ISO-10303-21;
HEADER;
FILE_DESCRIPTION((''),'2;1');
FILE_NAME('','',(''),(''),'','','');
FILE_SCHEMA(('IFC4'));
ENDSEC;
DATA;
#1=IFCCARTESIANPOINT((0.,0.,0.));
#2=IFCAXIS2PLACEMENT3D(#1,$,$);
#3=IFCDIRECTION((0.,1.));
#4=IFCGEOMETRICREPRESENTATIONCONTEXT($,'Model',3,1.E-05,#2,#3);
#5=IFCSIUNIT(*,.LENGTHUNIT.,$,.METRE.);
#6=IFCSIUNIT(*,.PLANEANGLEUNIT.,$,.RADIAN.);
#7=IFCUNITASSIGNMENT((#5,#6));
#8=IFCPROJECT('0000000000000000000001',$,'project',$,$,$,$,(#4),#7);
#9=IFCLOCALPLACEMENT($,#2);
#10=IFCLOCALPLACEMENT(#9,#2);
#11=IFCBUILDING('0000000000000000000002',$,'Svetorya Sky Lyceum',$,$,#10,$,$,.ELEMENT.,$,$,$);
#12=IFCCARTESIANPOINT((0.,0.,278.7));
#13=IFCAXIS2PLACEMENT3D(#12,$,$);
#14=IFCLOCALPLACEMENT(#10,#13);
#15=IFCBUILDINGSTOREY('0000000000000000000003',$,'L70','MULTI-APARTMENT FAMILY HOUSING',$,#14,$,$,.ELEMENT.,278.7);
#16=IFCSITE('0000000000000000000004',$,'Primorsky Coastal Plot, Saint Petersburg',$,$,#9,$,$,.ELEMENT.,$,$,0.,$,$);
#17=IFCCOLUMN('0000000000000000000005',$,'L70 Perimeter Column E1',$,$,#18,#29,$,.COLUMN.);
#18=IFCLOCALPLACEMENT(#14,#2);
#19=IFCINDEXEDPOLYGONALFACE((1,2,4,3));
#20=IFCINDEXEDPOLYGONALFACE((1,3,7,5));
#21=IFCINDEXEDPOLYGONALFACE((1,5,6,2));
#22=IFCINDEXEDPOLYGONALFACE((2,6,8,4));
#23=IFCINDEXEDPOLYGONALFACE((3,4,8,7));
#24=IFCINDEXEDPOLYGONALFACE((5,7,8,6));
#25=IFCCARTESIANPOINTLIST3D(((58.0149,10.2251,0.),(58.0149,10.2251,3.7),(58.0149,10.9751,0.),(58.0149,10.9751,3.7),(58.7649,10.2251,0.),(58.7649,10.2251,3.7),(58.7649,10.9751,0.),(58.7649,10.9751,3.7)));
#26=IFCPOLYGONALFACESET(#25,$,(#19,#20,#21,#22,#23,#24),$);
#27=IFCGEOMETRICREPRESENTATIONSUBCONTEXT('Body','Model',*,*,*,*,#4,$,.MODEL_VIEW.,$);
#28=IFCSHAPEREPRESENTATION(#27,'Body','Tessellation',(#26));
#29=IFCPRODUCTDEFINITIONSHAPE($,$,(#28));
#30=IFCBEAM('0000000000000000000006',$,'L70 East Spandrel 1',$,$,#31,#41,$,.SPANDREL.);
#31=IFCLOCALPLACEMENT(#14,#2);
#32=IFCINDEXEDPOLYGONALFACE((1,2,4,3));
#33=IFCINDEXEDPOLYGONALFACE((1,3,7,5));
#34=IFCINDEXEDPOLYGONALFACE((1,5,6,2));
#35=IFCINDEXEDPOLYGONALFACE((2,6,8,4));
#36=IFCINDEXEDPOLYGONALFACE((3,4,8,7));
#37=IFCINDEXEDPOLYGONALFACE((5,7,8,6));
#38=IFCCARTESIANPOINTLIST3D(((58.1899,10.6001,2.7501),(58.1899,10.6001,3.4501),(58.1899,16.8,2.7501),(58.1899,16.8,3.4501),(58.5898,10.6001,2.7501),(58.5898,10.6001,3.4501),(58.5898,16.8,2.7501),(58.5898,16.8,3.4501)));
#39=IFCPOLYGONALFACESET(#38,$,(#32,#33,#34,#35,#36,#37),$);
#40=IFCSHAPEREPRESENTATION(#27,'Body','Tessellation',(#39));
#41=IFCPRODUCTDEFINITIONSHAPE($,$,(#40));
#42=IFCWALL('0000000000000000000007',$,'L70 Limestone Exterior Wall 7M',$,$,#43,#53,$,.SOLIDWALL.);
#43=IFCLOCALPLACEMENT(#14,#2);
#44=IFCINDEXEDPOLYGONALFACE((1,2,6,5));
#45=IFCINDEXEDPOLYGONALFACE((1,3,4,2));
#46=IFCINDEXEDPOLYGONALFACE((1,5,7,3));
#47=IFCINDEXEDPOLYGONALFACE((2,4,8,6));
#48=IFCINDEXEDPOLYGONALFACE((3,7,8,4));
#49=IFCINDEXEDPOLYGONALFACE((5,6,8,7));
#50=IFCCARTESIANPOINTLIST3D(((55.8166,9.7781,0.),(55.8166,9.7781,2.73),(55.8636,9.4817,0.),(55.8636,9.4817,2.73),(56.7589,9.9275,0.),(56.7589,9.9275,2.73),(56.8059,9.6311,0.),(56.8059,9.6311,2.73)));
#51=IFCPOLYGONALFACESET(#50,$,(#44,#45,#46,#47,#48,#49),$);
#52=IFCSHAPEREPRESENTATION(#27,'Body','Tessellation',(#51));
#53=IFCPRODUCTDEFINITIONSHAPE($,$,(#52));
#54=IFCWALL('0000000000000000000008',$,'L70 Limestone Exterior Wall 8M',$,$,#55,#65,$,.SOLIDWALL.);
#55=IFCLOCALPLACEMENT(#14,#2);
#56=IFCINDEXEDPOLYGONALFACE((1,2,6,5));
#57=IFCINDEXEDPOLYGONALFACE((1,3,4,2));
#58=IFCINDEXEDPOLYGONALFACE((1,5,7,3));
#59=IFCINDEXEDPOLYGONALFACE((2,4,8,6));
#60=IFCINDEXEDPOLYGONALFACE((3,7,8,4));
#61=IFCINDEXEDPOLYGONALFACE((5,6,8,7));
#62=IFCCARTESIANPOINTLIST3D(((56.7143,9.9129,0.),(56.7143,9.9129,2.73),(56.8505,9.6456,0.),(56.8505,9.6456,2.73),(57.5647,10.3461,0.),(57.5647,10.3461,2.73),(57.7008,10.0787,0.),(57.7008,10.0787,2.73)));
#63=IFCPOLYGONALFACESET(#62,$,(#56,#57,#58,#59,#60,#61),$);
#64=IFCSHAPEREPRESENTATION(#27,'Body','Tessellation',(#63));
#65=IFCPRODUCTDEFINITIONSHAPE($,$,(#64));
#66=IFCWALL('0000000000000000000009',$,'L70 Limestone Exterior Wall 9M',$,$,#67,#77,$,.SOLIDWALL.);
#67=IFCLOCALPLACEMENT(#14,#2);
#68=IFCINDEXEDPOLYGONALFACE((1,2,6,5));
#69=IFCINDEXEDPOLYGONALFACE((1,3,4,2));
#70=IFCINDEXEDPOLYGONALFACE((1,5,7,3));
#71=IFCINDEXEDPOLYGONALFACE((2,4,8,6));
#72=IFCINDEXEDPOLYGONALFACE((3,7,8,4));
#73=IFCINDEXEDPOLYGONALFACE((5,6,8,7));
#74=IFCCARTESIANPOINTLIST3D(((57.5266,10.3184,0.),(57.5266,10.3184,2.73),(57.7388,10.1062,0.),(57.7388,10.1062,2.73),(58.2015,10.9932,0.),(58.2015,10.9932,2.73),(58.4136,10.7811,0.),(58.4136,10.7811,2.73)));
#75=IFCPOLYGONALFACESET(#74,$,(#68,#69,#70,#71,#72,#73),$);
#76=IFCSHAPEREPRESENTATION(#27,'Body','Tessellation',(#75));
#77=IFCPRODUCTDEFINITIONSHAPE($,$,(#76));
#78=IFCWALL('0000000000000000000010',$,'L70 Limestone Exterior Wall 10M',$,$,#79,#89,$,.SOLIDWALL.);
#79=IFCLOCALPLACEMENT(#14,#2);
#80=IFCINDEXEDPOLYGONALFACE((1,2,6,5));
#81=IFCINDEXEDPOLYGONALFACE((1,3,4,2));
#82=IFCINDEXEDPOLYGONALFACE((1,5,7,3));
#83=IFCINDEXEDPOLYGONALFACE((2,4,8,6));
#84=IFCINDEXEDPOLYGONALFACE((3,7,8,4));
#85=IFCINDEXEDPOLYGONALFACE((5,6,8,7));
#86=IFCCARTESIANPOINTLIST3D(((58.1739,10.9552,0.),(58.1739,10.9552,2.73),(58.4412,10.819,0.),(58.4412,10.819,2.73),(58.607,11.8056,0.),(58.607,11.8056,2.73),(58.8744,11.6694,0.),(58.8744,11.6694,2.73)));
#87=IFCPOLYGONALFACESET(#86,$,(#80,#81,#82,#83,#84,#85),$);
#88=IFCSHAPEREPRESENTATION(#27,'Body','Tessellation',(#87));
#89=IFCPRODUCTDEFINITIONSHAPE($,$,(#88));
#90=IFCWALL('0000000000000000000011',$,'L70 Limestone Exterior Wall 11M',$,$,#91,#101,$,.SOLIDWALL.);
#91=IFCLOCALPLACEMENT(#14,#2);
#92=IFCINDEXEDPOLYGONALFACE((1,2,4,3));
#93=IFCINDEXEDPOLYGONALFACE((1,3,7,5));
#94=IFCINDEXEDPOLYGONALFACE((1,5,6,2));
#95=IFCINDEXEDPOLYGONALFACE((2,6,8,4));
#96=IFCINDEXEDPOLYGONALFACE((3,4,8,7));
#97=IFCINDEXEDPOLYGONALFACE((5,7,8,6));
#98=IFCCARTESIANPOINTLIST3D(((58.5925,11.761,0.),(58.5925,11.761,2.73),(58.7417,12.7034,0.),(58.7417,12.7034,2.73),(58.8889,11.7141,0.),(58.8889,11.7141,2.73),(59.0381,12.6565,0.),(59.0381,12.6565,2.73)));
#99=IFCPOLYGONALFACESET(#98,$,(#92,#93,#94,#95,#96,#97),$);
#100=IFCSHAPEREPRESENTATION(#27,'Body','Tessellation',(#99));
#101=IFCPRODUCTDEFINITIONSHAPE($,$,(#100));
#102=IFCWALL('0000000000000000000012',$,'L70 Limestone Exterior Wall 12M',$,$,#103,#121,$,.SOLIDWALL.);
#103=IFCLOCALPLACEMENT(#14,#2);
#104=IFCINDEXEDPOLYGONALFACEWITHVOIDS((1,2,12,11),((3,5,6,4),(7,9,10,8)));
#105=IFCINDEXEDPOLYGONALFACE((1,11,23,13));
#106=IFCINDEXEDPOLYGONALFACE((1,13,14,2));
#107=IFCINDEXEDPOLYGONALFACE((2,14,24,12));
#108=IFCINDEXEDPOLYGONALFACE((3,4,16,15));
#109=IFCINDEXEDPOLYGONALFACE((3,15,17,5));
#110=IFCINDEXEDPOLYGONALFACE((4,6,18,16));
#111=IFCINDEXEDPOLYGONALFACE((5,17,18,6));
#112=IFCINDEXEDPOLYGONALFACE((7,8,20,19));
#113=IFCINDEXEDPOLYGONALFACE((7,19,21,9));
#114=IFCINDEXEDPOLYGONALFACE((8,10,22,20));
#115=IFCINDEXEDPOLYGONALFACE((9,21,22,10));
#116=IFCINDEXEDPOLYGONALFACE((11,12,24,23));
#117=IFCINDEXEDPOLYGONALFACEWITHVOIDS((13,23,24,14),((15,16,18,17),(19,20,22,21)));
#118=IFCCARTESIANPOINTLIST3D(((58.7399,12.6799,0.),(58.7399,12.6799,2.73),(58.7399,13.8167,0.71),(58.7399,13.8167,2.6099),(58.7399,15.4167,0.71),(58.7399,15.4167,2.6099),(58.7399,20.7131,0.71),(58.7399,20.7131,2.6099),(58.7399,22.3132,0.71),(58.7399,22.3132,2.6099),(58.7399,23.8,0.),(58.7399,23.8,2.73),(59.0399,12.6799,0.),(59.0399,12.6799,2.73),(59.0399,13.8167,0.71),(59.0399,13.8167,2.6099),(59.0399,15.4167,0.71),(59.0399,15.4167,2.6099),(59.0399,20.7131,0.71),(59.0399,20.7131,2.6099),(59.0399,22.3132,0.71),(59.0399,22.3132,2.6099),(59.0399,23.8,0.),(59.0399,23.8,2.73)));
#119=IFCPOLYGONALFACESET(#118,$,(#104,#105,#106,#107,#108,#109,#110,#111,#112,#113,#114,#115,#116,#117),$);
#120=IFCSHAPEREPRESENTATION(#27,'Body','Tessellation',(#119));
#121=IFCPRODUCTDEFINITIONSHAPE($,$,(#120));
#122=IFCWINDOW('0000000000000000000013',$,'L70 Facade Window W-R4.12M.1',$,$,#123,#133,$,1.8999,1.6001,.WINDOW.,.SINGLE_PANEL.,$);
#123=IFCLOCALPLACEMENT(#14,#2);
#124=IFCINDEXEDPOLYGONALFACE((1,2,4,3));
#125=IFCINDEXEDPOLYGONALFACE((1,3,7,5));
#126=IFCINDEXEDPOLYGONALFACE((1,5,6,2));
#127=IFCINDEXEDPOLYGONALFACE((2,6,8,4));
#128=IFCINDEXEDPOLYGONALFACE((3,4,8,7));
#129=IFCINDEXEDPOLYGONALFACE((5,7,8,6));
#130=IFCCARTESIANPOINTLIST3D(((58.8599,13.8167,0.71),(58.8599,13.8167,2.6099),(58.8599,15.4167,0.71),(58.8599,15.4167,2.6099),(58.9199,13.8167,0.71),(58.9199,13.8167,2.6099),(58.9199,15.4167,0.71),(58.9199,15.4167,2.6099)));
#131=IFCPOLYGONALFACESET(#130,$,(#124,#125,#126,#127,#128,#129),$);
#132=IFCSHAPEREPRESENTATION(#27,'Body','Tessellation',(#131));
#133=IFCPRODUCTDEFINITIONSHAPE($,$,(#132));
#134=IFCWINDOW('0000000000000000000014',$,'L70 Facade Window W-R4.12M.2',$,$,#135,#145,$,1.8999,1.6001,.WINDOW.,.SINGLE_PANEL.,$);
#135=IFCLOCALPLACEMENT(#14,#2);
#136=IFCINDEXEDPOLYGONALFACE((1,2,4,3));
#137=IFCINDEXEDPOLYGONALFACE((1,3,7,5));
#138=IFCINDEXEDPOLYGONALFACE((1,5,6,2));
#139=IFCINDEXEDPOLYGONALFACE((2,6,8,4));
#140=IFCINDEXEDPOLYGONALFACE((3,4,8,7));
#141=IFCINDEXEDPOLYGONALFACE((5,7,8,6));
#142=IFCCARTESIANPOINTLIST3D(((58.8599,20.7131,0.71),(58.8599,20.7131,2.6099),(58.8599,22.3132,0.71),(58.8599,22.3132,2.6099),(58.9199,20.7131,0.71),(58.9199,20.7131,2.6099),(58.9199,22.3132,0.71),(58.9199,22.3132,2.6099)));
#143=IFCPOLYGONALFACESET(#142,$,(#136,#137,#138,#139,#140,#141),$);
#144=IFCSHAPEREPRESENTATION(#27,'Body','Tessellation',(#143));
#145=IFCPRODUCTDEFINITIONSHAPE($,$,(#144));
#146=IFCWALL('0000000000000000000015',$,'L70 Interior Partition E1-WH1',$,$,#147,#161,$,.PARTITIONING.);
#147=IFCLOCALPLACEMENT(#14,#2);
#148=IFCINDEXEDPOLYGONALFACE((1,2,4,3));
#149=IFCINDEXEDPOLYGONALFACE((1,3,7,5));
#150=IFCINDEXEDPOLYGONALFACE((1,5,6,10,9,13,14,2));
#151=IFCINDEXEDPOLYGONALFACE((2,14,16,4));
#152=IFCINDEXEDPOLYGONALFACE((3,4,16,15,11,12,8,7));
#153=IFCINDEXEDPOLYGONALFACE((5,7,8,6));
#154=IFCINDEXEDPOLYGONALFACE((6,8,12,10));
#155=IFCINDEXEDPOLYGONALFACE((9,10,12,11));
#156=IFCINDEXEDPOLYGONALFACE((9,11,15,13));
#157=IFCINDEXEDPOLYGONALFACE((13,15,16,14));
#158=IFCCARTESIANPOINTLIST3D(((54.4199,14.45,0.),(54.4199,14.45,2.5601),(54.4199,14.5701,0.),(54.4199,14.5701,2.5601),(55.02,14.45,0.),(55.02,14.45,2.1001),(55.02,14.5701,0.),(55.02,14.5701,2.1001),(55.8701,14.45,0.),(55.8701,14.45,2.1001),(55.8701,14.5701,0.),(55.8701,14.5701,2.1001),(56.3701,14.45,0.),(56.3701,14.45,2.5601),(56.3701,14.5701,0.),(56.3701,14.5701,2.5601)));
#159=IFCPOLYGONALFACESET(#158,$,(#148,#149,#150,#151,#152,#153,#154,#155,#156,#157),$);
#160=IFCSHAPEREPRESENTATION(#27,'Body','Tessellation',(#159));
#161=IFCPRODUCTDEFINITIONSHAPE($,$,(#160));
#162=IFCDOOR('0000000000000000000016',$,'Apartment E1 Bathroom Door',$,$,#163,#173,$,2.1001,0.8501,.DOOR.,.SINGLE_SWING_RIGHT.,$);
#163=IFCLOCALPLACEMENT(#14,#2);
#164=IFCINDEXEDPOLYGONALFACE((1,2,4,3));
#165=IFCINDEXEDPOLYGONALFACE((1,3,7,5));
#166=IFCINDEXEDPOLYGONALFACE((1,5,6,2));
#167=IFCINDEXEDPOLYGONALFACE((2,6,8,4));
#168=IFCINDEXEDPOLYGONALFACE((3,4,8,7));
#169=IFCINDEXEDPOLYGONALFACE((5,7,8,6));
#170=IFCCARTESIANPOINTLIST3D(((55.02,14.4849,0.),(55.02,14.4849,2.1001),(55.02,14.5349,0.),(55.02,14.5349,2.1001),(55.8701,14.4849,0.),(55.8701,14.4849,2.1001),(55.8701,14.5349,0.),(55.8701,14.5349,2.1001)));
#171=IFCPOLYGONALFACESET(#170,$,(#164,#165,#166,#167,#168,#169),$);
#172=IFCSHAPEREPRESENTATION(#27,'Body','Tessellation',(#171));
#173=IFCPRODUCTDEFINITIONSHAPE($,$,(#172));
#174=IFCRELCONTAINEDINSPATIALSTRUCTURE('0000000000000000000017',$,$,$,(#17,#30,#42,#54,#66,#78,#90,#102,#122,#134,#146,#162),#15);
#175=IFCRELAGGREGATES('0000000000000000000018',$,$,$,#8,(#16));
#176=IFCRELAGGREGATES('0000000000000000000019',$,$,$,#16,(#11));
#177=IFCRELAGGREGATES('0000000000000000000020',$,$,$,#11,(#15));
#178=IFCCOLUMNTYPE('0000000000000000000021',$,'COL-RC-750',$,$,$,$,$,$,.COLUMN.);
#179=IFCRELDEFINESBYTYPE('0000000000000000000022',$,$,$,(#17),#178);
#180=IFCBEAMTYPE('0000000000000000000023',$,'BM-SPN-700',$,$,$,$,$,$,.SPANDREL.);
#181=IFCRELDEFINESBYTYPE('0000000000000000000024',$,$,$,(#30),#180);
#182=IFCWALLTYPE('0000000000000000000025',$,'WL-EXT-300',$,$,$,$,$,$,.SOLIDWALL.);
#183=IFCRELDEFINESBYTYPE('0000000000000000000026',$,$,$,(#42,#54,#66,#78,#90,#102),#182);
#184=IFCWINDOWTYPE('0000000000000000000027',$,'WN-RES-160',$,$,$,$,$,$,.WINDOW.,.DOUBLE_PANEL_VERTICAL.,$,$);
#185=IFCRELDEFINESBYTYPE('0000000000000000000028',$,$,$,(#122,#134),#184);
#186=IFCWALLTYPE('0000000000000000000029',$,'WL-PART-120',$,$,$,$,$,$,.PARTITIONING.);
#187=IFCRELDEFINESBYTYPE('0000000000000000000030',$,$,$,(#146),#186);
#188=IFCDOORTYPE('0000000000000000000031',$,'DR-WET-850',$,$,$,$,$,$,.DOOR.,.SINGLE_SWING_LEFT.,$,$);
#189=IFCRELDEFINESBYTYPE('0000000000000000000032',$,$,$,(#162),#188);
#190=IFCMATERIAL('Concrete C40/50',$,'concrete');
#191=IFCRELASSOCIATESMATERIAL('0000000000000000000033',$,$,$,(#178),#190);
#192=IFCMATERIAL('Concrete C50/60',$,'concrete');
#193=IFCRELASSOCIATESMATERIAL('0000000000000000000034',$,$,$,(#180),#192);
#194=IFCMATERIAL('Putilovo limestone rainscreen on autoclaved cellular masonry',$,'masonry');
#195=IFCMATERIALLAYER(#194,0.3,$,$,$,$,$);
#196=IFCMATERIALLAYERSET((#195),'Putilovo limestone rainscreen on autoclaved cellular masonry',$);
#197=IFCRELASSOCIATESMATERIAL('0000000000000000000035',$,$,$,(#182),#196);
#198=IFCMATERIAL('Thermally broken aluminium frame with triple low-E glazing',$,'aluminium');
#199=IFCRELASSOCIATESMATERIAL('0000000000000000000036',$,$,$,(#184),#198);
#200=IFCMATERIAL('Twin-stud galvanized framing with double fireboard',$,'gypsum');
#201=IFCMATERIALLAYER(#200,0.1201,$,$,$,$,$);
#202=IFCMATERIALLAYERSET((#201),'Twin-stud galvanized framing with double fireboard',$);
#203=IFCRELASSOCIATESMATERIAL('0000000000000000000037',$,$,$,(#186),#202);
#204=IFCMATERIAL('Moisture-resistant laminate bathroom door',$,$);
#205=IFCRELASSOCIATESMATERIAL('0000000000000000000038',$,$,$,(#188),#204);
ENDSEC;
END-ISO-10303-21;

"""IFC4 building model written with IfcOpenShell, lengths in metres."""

from ifc_helpers import new_model, si_unit, direction, frame, frame_2d, origin, origin_2d, place, context, subcontext, project, spatial, rectangle, extrude, material, layer, layer_set, material_profile, profile_set, type_object, element, fill, save


model = new_model("IFC4")

# Units and contexts
model_context = context("Model", 3, precision=1e-05, world=origin(), true_north=direction((0.0, 1.0)))
body_context = subcontext(model_context, "Body", "Model", "MODEL_VIEW")
ifc_project = project(units=[si_unit("LENGTHUNIT", "METRE"), si_unit("PLANEANGLEUNIT", "RADIAN")], contexts=[model_context])

# Site, building, storey
site_placement = place(None, origin())
site = spatial("IfcSite", under=ifc_project, at=site_placement, Name="Primorsky Coastal Plot, Saint Petersburg", CompositionType="ELEMENT", RefElevation=0.0)
building_placement = place(site_placement, origin())
building = spatial("IfcBuilding", under=site, at=building_placement, Name="Svetorya Sky Lyceum", CompositionType="ELEMENT")
storey_placement = place(building_placement, frame((0.0, 0.0, 278.7)))
storey = spatial("IfcBuildingStorey", under=building, at=storey_placement, Name="L70", Description="MULTI-APARTMENT FAMILY HOUSING", CompositionType="ELEMENT", Elevation=278.7)

# Column
ifc_material_1 = material(Name="Concrete C40/50", Category="concrete")
ifc_material_profile_1 = material_profile(ifc_material_1, rectangle(XDim=0.75, YDim=0.75, at=origin_2d()), Name="RC COL 750x750")
ifc_profile_set_1 = profile_set([ifc_material_profile_1], Name="Concrete C40/50")
column_type = type_object("IfcColumnType", Name="COL-RC-750", PredefinedType="COLUMN", material=ifc_profile_set_1)
column_placement = place(storey_placement, frame((58.3899, 10.6001, 0.0), z_axis=(0.0, 0.0, 1.0), x_axis=(1.0, 0.0, 0.0)))
element("IfcColumn", 1, at=column_placement, inside=storey, type_object=column_type, Name="L70 Perimeter Column E1", PredefinedType="COLUMN", context=body_context, shape_type="SweptSolid", body=[
    extrude(rectangle(XDim=0.75, YDim=0.75, at=origin_2d()), origin(), (0.0, 0.0, 1.0), 3.7),
])

# Beam
ifc_material_2 = material(Name="Concrete C50/60", Category="concrete")
ifc_material_profile_2 = material_profile(ifc_material_2, rectangle(XDim=0.3999, YDim=0.7, at=origin_2d()), Name="RC SPANDREL 400x700")
ifc_profile_set_2 = profile_set([ifc_material_profile_2], Name="Concrete C50/60")
beam_type = type_object("IfcBeamType", Name="BM-SPN-700", PredefinedType="SPANDREL", material=ifc_profile_set_2)
beam_placement = place(storey_placement, frame((58.3899, 10.6001, 3.1001), z_axis=(0.0, 1.0, 0.0), x_axis=(-1.0, 0.0, 0.0)))
element("IfcBeam", 2, at=beam_placement, inside=storey, type_object=beam_type, Name="L70 East Spandrel 1", PredefinedType="SPANDREL", context=body_context, shape_type="SweptSolid", body=[
    extrude(rectangle(XDim=0.3999, YDim=0.7, at=origin_2d()), origin(), (0.0, 0.0, 1.0), 6.2),
])

# Walls
ifc_material_3 = material(Name="Putilovo limestone rainscreen on autoclaved cellular masonry", Category="masonry")
ifc_layer_1 = layer(ifc_material_3, 0.3)
ifc_layer_set_1 = layer_set([ifc_layer_1], Name="Putilovo limestone rainscreen on autoclaved cellular masonry")
wall_type_1 = type_object("IfcWallType", Name="WL-EXT-300", PredefinedType="SOLIDWALL", material=ifc_layer_set_1)
wall_1_placement = place(storey_placement, frame((55.8401, 9.6299, 0.0), z_axis=(0.0, 0.0, 1.0), x_axis=(0.987663, 0.156593, 0.0)))
element("IfcWall", 3, at=wall_1_placement, inside=storey, type_object=wall_type_1, Name="L70 Limestone Exterior Wall 7M", PredefinedType="SOLIDWALL", context=body_context, shape_type="SweptSolid", body=[
    extrude(rectangle(XDim=0.9541, YDim=0.3, at=frame_2d((0.4771, 0.0))), origin(), (0.0, 0.0, 1.0), 2.73),
])
for number, where, z_axis, x_axis, name in (
    (4, (56.7825, 9.7793, 0.0), (0.0, 0.0, 1.0), (0.891077, 0.453853, 0.0), "L70 Limestone Exterior Wall 8M"),
    (5, (57.6328, 10.2124, 0.0), (0.0, 0.0, 1.0), (0.707107, 0.707107, 0.0), "L70 Limestone Exterior Wall 9M"),
    (6, (58.3076, 10.8872, 0.0), (0.0, 0.0, 1.0), (0.453853, 0.891077, 0.0), "L70 Limestone Exterior Wall 10M"),
):
    element("IfcWall", number, at=place(storey_placement, frame(where, z_axis=z_axis, x_axis=x_axis)), inside=storey, type_object=wall_type_1, Name=name, PredefinedType="SOLIDWALL", context=body_context, shape_type="SweptSolid", body=[
        extrude(rectangle(XDim=0.9543, YDim=0.3, at=frame_2d((0.4771, 0.0))), origin(), (0.0, 0.0, 1.0), 2.73),
    ])
wall_2_placement = place(storey_placement, frame((58.7407, 11.7375, 0.0), z_axis=(0.0, 0.0, 1.0), x_axis=(0.156344, 0.987703, 0.0)))
element("IfcWall", 7, at=wall_2_placement, inside=storey, type_object=wall_type_1, Name="L70 Limestone Exterior Wall 11M", PredefinedType="SOLIDWALL", context=body_context, shape_type="SweptSolid", body=[
    extrude(rectangle(XDim=0.9541, YDim=0.3, at=frame_2d((0.4771, 0.0))), origin(), (0.0, 0.0, 1.0), 2.73),
])

# Wall, openings, windows
wall_3_placement = place(storey_placement, frame((58.8899, 12.6799, 0.0), z_axis=(0.0, 0.0, 1.0), x_axis=(0.0, 1.0, 0.0)))
wall_3 = element("IfcWall", 8, at=wall_3_placement, inside=storey, type_object=wall_type_1, Name="L70 Limestone Exterior Wall 12M", PredefinedType="SOLIDWALL", context=body_context, shape_type="SweptSolid", body=[
    extrude(rectangle(XDim=11.1201, YDim=0.3, at=frame_2d((5.5601, 0.0))), origin(), (0.0, 0.0, 1.0), 2.73),
])
opening_1_placement = place(wall_3_placement, frame((1.1367, 0.0, 0.71)))
opening_1 = element("IfcOpeningElement", 9, at=opening_1_placement, cuts=wall_3, PredefinedType="OPENING", context=body_context, shape_type="SweptSolid", body=[
    extrude(rectangle(XDim=1.6001, YDim=1.8999, at=frame_2d((0.8, 0.95))), frame((0.0, 0.1599, 0.0), z_axis=(0.0, -1.0, 0.0), x_axis=(1.0, 0.0, 0.0)), (0.0, 0.0, 1.0), 0.3201),
])
opening_2_placement = place(wall_3_placement, frame((8.0332, 0.0, 0.71)))
opening_2 = element("IfcOpeningElement", 10, at=opening_2_placement, cuts=wall_3, PredefinedType="OPENING", context=body_context, shape_type="SweptSolid", body=[
    extrude(rectangle(XDim=1.6001, YDim=1.8999, at=frame_2d((0.8, 0.95))), frame((0.0, 0.1599, 0.0), z_axis=(0.0, -1.0, 0.0), x_axis=(1.0, 0.0, 0.0)), (0.0, 0.0, 1.0), 0.3201),
])
ifc_material_4 = material(Name="Thermally broken aluminium frame with triple low-E glazing", Category="aluminium")
window_type = type_object("IfcWindowType", Name="WN-RES-160", PartitioningType="DOUBLE_PANEL_VERTICAL", PredefinedType="WINDOW", material=ifc_material_4)
window_1_placement = place(opening_1_placement, origin())
window_1 = element("IfcWindow", 11, at=window_1_placement, inside=storey, type_object=window_type, Name="L70 Facade Window W-R4.12M.1", OverallHeight=1.8999, OverallWidth=1.6001, PartitioningType="SINGLE_PANEL", PredefinedType="WINDOW", context=body_context, shape_type="SweptSolid", body=[
    extrude(rectangle(XDim=1.6001, YDim=1.8999, at=frame_2d((0.8, 0.95))), frame((0.0, 0.03, 0.0), z_axis=(0.0, -1.0, 0.0), x_axis=(1.0, 0.0, 0.0)), (0.0, 0.0, 1.0), 0.0601),
])
fill(opening_1, window_1)
window_2_placement = place(opening_2_placement, origin())
window_2 = element("IfcWindow", 12, at=window_2_placement, inside=storey, type_object=window_type, Name="L70 Facade Window W-R4.12M.2", OverallHeight=1.8999, OverallWidth=1.6001, PartitioningType="SINGLE_PANEL", PredefinedType="WINDOW", context=body_context, shape_type="SweptSolid", body=[
    extrude(rectangle(XDim=1.6001, YDim=1.8999, at=frame_2d((0.8, 0.95))), frame((0.0, 0.03, 0.0), z_axis=(0.0, -1.0, 0.0), x_axis=(1.0, 0.0, 0.0)), (0.0, 0.0, 1.0), 0.0601),
])
fill(opening_2, window_2)

# Wall, opening, door
ifc_material_5 = material(Name="Twin-stud galvanized framing with double fireboard", Category="gypsum")
ifc_layer_2 = layer(ifc_material_5, 0.1201)
ifc_layer_set_2 = layer_set([ifc_layer_2], Name="Twin-stud galvanized framing with double fireboard")
wall_type_2 = type_object("IfcWallType", Name="WL-PART-120", PredefinedType="PARTITIONING", material=ifc_layer_set_2)
wall_4_placement = place(storey_placement, frame((54.4199, 14.51, 0.0), z_axis=(0.0, 0.0, 1.0), x_axis=(1.0, 0.0, 0.0)))
wall_4 = element("IfcWall", 13, at=wall_4_placement, inside=storey, type_object=wall_type_2, Name="L70 Interior Partition E1-WH1", PredefinedType="PARTITIONING", context=body_context, shape_type="SweptSolid", body=[
    extrude(rectangle(XDim=1.9502, YDim=0.1201, at=frame_2d((0.9751, 0.0))), origin(), (0.0, 0.0, 1.0), 2.5601),
])
opening_3_placement = place(wall_4_placement, frame((0.6001, 0.0, 0.0)))
opening_3 = element("IfcOpeningElement", 14, at=opening_3_placement, cuts=wall_4, PredefinedType="OPENING", context=body_context, shape_type="SweptSolid", body=[
    extrude(rectangle(XDim=0.8501, YDim=2.1001, at=frame_2d((0.425, 1.05))), frame((0.0, 0.0701, 0.0), z_axis=(0.0, -1.0, 0.0), x_axis=(1.0, 0.0, 0.0)), (0.0, 0.0, 1.0), 0.1401),
])
ifc_material_6 = material(Name="Moisture-resistant laminate bathroom door")
door_type_1 = type_object("IfcDoorType", Name="DR-WET-850", OperationType="SINGLE_SWING_LEFT", PredefinedType="DOOR", material=ifc_material_6)
door_1_placement = place(opening_3_placement, origin())
door_1 = element("IfcDoor", 15, at=door_1_placement, inside=storey, type_object=door_type_1, Name="Apartment E1 Bathroom Door", OperationType="SINGLE_SWING_RIGHT", OverallHeight=2.1001, OverallWidth=0.8501, PredefinedType="DOOR", context=body_context, shape_type="SweptSolid", body=[
    extrude(rectangle(XDim=0.8501, YDim=2.1001, at=frame_2d((0.425, 1.05))), frame((0.0, 0.0249, 0.0), z_axis=(0.0, -1.0, 0.0), x_axis=(1.0, 0.0, 0.0)), (0.0, 0.0, 1.0), 0.05),
])
fill(opening_3, door_1)

save(model, "model.ifc")
